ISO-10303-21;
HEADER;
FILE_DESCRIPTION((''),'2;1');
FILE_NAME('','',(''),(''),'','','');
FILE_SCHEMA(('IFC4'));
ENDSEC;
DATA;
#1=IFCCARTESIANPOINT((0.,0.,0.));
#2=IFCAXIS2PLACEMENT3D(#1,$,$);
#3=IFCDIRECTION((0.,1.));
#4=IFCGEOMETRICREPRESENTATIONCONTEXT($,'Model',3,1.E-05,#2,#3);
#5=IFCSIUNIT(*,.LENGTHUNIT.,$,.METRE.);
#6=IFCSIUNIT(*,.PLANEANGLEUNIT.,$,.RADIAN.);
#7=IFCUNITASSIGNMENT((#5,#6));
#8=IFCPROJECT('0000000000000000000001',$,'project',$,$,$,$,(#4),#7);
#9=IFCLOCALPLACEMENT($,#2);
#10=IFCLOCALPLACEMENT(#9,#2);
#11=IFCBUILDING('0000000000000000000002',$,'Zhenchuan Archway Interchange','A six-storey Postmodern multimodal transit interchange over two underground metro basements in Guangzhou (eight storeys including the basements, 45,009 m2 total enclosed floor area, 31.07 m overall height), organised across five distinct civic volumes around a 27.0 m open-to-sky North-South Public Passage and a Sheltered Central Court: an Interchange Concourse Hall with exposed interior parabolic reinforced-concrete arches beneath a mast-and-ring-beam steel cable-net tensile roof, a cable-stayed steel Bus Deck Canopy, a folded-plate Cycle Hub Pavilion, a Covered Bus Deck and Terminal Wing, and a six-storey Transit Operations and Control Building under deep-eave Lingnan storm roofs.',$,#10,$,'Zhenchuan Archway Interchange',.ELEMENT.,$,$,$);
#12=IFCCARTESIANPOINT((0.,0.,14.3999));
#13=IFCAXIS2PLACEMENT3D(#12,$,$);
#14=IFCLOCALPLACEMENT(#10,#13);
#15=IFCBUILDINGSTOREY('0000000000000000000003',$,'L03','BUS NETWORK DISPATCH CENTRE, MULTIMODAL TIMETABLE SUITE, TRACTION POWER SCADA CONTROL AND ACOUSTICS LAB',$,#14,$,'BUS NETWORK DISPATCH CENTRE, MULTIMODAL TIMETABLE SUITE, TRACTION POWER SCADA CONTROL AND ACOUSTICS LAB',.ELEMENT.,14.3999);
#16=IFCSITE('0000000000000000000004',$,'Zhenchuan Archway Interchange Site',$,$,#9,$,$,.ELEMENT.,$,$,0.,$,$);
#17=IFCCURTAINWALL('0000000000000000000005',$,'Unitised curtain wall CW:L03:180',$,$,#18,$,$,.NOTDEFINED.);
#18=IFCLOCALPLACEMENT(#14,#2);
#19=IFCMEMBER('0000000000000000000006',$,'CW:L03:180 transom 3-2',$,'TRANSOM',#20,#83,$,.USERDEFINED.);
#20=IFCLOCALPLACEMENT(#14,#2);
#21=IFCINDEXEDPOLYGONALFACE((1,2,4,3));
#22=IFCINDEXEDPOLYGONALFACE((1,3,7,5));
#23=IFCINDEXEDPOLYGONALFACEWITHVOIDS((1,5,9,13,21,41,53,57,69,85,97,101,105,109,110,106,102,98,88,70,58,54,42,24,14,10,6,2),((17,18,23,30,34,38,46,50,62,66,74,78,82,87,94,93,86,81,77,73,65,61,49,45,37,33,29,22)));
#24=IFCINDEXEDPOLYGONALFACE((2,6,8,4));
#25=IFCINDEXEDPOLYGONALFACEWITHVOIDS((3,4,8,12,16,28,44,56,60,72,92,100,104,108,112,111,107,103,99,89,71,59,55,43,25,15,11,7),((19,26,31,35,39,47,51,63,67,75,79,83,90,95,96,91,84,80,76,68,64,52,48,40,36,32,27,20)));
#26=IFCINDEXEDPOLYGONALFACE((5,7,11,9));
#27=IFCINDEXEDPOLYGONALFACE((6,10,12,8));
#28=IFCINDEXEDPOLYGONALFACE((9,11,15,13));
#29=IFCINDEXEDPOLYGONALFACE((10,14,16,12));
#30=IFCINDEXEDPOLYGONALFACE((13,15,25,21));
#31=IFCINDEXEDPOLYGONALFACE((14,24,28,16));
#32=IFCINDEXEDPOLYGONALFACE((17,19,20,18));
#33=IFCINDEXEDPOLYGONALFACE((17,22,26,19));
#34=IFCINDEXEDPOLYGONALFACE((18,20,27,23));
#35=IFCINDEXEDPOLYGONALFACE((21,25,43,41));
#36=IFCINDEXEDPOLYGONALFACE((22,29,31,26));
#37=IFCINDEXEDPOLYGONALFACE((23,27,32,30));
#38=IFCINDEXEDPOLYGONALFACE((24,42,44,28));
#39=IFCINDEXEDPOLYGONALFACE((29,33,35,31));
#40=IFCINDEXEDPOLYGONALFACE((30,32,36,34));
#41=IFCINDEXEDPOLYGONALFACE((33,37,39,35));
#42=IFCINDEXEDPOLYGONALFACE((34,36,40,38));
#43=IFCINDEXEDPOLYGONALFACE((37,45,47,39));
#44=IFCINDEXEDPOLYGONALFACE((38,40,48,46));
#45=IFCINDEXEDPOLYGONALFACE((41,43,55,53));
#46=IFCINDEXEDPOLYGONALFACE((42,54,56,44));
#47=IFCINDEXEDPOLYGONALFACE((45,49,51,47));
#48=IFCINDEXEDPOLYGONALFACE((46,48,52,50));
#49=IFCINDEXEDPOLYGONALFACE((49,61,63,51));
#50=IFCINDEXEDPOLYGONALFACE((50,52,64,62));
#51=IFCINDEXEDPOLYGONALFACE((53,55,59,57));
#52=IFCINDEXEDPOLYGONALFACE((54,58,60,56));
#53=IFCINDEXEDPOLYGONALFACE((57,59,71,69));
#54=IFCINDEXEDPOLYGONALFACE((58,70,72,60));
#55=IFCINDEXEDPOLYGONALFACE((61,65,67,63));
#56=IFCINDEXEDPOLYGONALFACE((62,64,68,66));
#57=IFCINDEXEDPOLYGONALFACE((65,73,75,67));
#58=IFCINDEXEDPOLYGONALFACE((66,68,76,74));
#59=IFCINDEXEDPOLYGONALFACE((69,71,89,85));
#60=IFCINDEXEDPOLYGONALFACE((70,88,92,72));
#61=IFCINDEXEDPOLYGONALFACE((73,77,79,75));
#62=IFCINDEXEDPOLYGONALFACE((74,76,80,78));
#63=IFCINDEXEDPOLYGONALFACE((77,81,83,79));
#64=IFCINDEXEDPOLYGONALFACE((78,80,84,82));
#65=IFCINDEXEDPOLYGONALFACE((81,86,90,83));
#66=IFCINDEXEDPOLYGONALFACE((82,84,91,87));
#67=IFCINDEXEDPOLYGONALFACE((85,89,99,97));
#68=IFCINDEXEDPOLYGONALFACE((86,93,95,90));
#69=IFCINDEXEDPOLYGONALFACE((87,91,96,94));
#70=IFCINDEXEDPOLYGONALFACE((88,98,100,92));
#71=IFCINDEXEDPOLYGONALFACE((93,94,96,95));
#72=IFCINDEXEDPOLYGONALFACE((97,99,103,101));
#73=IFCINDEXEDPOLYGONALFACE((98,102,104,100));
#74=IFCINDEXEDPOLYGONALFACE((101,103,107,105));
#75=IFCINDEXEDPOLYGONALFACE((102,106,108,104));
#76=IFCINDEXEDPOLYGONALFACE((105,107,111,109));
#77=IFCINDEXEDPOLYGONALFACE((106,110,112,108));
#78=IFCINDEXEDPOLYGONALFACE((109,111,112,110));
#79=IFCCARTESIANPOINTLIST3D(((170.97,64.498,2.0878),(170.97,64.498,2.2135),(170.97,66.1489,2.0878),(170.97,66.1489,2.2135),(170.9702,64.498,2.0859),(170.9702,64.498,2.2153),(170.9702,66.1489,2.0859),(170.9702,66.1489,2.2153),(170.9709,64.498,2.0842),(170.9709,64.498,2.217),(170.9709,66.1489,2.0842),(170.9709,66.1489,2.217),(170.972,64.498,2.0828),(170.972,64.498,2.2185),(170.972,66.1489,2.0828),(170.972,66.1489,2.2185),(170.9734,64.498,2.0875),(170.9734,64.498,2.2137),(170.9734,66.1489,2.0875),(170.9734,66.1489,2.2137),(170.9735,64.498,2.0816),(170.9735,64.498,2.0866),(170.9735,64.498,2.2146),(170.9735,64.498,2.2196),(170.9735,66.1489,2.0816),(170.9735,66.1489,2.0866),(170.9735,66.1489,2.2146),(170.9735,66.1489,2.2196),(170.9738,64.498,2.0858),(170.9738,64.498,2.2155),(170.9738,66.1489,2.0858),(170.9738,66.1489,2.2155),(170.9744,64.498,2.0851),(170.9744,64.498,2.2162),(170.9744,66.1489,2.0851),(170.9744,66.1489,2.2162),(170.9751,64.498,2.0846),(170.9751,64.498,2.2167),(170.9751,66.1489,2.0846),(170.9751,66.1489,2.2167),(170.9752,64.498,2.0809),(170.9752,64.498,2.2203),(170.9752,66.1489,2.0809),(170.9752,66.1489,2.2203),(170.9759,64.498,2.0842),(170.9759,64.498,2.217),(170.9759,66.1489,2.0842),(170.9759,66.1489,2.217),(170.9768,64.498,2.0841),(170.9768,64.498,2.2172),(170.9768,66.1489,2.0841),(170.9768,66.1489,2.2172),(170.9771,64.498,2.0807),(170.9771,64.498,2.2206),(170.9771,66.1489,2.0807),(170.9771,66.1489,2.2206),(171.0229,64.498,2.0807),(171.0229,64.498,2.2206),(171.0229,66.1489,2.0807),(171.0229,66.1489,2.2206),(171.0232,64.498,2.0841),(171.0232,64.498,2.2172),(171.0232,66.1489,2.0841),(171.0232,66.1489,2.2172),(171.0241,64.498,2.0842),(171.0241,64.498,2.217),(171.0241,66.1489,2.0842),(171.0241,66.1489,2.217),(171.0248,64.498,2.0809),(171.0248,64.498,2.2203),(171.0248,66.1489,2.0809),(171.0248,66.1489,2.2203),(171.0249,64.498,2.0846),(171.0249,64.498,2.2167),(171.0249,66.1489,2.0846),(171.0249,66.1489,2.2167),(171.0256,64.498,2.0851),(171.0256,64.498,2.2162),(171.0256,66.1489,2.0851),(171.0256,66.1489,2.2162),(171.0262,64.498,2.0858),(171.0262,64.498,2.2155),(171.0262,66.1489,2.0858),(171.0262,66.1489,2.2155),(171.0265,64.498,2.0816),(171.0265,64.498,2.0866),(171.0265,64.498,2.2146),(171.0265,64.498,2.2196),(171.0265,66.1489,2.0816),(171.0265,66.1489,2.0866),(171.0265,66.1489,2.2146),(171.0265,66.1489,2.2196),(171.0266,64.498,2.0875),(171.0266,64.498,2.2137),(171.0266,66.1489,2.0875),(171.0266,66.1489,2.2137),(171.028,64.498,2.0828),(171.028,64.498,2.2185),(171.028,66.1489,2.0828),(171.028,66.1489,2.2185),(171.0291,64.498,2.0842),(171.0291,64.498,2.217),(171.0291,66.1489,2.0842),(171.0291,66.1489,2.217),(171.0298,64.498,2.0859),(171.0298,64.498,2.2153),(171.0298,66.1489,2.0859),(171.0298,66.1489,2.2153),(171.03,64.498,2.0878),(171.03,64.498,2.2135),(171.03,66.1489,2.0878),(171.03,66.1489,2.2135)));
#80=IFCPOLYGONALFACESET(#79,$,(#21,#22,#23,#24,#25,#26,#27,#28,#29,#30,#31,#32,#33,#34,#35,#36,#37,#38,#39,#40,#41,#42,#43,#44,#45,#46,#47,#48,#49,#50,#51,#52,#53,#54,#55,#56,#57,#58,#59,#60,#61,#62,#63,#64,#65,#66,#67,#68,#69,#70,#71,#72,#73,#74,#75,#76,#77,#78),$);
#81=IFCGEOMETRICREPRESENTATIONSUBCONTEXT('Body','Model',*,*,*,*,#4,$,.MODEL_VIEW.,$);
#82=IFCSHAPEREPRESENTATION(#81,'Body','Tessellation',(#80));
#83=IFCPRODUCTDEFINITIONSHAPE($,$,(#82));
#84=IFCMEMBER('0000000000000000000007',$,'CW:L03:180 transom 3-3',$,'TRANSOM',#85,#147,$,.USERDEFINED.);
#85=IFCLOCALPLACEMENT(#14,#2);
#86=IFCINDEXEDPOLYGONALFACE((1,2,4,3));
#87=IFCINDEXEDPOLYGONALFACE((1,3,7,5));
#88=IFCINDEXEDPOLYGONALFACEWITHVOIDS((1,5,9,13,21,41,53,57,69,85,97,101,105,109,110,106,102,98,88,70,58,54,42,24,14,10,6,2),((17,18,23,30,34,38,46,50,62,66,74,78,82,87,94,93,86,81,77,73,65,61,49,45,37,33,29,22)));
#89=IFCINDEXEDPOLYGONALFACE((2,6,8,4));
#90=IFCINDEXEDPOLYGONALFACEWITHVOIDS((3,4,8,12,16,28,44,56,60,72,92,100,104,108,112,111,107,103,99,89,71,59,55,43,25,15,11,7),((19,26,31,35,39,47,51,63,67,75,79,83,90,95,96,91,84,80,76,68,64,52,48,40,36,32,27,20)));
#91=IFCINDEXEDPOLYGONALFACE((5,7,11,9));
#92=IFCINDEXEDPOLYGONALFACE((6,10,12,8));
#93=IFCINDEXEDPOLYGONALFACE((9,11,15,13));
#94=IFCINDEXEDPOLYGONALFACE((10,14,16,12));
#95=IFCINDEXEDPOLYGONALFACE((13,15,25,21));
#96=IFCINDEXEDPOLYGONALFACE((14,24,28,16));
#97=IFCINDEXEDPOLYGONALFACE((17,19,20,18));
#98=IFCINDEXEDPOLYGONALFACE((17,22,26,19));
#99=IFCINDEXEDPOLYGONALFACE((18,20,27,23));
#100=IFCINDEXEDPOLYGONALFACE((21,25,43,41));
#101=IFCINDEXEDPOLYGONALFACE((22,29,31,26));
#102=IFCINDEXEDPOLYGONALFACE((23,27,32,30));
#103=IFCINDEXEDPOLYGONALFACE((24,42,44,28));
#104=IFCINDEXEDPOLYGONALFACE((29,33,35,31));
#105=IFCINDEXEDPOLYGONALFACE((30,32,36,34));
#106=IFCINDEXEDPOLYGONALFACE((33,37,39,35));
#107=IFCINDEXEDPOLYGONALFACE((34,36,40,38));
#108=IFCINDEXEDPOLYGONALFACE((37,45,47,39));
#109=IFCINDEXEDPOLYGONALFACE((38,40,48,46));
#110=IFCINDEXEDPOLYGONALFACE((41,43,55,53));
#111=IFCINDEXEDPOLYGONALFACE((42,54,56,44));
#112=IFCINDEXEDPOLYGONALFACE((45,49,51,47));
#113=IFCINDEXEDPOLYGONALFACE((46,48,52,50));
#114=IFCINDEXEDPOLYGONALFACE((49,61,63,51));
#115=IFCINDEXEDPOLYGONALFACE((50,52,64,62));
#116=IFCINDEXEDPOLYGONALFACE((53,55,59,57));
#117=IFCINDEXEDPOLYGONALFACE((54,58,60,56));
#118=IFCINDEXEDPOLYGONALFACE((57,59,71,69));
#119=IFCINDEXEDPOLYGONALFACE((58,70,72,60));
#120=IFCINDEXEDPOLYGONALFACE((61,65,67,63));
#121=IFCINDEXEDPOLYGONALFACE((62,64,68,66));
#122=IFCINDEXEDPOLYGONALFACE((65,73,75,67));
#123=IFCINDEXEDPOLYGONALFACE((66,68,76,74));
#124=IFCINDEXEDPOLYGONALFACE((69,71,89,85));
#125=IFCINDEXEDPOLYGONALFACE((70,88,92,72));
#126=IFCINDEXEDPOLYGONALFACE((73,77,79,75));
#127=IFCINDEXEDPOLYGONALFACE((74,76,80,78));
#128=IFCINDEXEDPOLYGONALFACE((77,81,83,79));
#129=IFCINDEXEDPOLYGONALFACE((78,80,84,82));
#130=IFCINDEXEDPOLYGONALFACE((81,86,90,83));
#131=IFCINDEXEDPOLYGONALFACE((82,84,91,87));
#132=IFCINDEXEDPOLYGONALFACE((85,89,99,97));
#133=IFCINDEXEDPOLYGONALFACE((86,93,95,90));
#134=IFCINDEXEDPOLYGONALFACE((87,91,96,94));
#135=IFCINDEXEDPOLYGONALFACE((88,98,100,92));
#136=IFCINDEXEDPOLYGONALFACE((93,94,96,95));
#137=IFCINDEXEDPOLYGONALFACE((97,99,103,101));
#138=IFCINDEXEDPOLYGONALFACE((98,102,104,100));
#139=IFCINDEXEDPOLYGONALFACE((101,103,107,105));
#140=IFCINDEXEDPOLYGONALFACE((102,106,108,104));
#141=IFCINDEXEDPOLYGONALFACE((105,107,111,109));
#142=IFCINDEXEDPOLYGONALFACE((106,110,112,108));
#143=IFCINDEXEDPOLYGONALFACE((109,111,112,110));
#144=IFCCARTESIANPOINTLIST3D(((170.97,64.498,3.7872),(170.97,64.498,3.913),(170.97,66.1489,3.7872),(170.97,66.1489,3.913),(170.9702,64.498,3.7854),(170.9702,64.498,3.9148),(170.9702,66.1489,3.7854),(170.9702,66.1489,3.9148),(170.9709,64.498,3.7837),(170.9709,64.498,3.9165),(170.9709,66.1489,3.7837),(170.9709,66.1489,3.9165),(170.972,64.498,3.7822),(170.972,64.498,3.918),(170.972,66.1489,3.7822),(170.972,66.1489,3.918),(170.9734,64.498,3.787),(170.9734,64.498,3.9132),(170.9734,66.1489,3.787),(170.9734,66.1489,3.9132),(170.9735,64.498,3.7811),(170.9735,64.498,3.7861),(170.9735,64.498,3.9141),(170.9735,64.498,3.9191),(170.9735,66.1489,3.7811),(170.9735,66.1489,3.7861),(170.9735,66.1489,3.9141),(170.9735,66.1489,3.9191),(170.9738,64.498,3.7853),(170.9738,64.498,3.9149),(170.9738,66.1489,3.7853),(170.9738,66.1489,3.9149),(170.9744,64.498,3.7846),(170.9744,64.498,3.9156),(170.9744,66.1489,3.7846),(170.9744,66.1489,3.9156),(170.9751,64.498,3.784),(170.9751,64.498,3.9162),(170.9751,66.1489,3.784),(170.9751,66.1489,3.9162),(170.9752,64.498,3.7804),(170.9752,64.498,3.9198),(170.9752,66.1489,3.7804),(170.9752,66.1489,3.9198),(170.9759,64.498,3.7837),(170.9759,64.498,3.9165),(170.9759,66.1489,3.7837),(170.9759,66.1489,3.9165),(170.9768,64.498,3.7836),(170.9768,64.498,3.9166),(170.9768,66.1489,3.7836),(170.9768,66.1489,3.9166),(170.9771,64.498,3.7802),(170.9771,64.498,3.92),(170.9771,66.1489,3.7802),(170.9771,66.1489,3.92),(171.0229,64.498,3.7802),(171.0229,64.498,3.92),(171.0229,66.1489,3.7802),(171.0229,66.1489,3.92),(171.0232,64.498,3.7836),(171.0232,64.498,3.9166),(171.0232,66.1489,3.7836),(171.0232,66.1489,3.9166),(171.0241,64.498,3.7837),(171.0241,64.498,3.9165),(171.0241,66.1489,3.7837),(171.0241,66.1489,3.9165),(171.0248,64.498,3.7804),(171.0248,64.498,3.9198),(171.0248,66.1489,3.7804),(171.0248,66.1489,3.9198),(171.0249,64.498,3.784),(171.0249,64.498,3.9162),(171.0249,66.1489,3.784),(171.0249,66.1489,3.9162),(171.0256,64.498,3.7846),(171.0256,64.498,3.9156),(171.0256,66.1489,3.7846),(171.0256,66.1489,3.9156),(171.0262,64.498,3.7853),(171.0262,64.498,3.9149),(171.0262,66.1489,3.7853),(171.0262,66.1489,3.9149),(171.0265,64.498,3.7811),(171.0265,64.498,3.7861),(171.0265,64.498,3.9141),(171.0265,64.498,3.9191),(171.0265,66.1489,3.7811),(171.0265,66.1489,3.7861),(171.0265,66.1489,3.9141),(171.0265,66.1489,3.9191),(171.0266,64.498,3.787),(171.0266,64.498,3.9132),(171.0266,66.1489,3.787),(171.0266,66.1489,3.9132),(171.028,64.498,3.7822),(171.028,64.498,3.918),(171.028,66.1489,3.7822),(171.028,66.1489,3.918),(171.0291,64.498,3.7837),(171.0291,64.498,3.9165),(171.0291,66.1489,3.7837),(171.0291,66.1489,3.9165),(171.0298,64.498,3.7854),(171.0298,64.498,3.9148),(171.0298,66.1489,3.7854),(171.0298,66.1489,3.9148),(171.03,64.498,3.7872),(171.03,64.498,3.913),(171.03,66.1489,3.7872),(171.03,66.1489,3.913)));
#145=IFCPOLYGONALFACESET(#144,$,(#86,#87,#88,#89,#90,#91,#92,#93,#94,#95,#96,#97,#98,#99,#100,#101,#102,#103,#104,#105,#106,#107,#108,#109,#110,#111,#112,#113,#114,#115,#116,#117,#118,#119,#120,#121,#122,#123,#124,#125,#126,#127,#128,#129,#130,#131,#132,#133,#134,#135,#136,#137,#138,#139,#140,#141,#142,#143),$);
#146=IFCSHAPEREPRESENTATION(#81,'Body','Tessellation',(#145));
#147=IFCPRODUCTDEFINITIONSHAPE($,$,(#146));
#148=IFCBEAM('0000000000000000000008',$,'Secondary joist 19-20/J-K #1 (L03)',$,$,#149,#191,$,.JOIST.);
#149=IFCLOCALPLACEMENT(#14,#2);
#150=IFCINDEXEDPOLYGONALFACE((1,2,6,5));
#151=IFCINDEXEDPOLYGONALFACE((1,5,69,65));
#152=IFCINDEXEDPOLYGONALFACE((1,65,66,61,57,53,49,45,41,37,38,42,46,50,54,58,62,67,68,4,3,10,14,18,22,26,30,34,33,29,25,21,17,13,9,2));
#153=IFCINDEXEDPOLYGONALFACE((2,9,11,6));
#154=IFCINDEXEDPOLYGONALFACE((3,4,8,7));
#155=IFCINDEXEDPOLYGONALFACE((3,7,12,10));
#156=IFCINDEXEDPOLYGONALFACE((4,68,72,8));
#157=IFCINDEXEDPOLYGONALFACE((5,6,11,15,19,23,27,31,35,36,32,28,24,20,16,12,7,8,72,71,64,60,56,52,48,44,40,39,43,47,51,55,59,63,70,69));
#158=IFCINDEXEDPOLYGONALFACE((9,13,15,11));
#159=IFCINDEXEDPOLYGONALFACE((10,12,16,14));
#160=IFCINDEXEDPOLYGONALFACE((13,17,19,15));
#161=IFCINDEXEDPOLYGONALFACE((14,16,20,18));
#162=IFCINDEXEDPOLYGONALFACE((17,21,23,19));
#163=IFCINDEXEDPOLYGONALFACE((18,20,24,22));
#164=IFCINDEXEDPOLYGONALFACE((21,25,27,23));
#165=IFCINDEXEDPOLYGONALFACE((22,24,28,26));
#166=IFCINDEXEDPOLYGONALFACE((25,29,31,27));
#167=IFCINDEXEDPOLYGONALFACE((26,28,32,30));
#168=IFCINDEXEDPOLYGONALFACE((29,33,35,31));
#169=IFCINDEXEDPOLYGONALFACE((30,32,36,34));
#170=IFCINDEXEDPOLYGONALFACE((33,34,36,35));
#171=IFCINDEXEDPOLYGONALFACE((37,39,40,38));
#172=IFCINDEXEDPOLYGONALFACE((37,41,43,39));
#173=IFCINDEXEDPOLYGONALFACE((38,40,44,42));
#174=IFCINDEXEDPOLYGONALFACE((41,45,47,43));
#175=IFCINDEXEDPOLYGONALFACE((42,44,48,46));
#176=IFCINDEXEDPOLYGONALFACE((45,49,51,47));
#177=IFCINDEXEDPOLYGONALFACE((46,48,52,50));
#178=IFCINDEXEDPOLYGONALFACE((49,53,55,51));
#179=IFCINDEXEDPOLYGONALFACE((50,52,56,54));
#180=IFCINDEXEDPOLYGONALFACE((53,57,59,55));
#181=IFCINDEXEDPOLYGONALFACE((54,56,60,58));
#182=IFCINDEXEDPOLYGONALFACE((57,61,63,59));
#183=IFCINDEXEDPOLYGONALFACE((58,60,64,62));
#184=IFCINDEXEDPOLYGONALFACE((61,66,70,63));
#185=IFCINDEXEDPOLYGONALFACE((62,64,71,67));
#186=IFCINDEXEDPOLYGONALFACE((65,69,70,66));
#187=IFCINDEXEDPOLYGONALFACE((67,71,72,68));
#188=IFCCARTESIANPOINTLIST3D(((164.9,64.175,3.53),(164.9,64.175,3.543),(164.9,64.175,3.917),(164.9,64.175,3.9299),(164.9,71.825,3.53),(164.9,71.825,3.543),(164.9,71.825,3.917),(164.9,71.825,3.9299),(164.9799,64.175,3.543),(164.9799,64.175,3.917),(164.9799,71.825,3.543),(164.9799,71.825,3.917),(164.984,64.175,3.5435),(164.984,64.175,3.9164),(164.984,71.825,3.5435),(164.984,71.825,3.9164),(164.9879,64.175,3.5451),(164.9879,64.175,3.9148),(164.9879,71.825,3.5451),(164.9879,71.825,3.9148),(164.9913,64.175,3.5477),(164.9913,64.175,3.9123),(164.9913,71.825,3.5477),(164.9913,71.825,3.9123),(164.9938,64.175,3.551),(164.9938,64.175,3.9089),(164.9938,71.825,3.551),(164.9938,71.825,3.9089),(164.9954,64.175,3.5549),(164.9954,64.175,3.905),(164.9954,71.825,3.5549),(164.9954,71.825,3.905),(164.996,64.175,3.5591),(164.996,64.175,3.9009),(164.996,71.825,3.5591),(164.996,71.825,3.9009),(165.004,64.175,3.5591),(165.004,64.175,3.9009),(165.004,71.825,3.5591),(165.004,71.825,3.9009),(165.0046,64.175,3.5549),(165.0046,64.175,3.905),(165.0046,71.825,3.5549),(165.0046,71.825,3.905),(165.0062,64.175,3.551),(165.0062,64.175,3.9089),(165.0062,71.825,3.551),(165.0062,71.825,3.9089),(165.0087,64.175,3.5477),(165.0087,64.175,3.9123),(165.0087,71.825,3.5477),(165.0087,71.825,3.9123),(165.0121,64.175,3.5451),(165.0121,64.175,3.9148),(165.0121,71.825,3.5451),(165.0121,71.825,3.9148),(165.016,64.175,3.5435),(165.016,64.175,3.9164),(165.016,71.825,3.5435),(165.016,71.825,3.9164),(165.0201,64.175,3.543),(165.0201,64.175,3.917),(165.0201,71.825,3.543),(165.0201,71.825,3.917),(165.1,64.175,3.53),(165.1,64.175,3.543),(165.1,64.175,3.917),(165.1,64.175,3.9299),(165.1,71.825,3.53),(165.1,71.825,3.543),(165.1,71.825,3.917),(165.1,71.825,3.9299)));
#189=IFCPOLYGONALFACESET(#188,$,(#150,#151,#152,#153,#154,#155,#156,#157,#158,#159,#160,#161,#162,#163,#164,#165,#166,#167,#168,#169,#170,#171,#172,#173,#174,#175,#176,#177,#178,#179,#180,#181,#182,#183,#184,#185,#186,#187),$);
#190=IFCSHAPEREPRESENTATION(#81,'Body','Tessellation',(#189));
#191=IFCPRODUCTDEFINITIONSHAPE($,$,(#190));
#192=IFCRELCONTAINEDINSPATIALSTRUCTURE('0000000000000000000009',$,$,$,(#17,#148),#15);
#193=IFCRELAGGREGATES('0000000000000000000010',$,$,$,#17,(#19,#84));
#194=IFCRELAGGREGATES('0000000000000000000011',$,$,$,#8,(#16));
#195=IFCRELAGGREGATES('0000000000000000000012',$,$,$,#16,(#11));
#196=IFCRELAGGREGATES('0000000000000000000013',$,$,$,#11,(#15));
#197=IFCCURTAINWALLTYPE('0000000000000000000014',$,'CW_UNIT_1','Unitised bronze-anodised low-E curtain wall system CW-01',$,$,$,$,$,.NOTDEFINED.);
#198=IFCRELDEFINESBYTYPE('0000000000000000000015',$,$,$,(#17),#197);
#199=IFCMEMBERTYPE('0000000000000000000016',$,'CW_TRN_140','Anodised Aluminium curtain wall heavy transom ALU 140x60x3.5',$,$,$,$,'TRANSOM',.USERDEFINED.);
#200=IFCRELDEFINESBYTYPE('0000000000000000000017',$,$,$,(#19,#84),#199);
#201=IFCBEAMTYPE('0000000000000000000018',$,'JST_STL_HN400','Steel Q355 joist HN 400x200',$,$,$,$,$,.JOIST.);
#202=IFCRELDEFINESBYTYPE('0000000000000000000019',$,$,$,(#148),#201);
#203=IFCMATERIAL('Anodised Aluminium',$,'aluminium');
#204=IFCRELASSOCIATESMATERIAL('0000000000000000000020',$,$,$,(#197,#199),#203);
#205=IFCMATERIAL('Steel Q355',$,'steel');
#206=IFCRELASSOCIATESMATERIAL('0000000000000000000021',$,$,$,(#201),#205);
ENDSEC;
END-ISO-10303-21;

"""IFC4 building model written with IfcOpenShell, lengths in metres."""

from ifc_helpers import new_model, si_unit, direction, frame, origin, origin_2d, place, context, subcontext, project, spatial, hollow_rectangle, i_section, extrude, material, material_profile, profile_set, type_object, element, aggregate, save


model = new_model("IFC4")

# Units and contexts
model_context = context("Model", 3, precision=1e-05, world=origin(), true_north=direction((0.0, 1.0)))
body_context = subcontext(model_context, "Body", "Model", "MODEL_VIEW")
ifc_project = project(units=[si_unit("LENGTHUNIT", "METRE"), si_unit("PLANEANGLEUNIT", "RADIAN")], contexts=[model_context])

# Site, building, storey
site_placement = place(None, origin())
site = spatial("IfcSite", under=ifc_project, at=site_placement, Name="Zhenchuan Archway Interchange Site", CompositionType="ELEMENT", RefElevation=0.0)
building_placement = place(site_placement, origin())
building = spatial("IfcBuilding", under=site, at=building_placement, Name="Zhenchuan Archway Interchange", Description="A six-storey Postmodern multimodal transit interchange over two underground metro basements in Guangzhou (eight storeys including the basements, 45,009 m2 total enclosed floor area, 31.07 m overall height), organised across five distinct civic volumes around a 27.0 m open-to-sky North-South Public Passage and a Sheltered Central Court: an Interchange Concourse Hall with exposed interior parabolic reinforced-concrete arches beneath a mast-and-ring-beam steel cable-net tensile roof, a cable-stayed steel Bus Deck Canopy, a folded-plate Cycle Hub Pavilion, a Covered Bus Deck and Terminal Wing, and a six-storey Transit Operations and Control Building under deep-eave Lingnan storm roofs.", LongName="Zhenchuan Archway Interchange", CompositionType="ELEMENT")
storey_placement = place(building_placement, frame((0.0, 0.0, 14.3999)))
storey = spatial("IfcBuildingStorey", under=building, at=storey_placement, Name="L03", Description="BUS NETWORK DISPATCH CENTRE, MULTIMODAL TIMETABLE SUITE, TRACTION POWER SCADA CONTROL AND ACOUSTICS LAB", LongName="BUS NETWORK DISPATCH CENTRE, MULTIMODAL TIMETABLE SUITE, TRACTION POWER SCADA CONTROL AND ACOUSTICS LAB", CompositionType="ELEMENT", Elevation=14.3999)

# Curtain wall, members
ifc_material_1 = material(Name="Anodised Aluminium", Category="aluminium")
curtain_wall_type = type_object("IfcCurtainWallType", Name="CW_UNIT_1", Description="Unitised bronze-anodised low-E curtain wall system CW-01", PredefinedType="NOTDEFINED", material=ifc_material_1)
curtain_wall_placement = place(storey_placement, origin())
curtain_wall = element("IfcCurtainWall", 1, at=curtain_wall_placement, inside=storey, type_object=curtain_wall_type, Name="Unitised curtain wall CW:L03:180", PredefinedType="NOTDEFINED")
ifc_material_profile_1 = material_profile(ifc_material_1, hollow_rectangle(XDim=0.0601, YDim=0.1399, WallThickness=0.0034, InnerFilletRadius=0.0034, OuterFilletRadius=0.0071, at=origin_2d()), Name="ALU 140x60x3.5")
ifc_profile_set_1 = profile_set([ifc_material_profile_1], Name="Anodised Aluminium")
member_type_1 = type_object("IfcMemberType", Name="CW_TRN_140", Description="Anodised Aluminium curtain wall heavy transom ALU 140x60x3.5", ElementType="TRANSOM", PredefinedType="USERDEFINED", material=ifc_profile_set_1)
member_1_placement = place(storey_placement, frame((171.0, 66.1489, 2.1506), z_axis=(0.0, -1.0, 0.0), x_axis=(1.0, 0.0, 0.0)))
member_1 = element("IfcMember", 2, at=member_1_placement, type_object=member_type_1, Name="CW:L03:180 transom 3-2", ObjectType="TRANSOM", PredefinedType="USERDEFINED", context=body_context, shape_type="SweptSolid", body=[
    extrude(hollow_rectangle(XDim=0.0601, YDim=0.1399, WallThickness=0.0034, InnerFilletRadius=0.0034, OuterFilletRadius=0.0071, at=origin_2d()), origin(), (0.0, 0.0, 1.0), 1.6509),
])
member_2_placement = place(storey_placement, frame((171.0, 66.1489, 3.8501), z_axis=(0.0, -1.0, 0.0), x_axis=(1.0, 0.0, 0.0)))
member_2 = element("IfcMember", 3, at=member_2_placement, type_object=member_type_1, Name="CW:L03:180 transom 3-3", ObjectType="TRANSOM", PredefinedType="USERDEFINED", context=body_context, shape_type="SweptSolid", body=[
    extrude(hollow_rectangle(XDim=0.0601, YDim=0.1399, WallThickness=0.0034, InnerFilletRadius=0.0034, OuterFilletRadius=0.0071, at=origin_2d()), origin(), (0.0, 0.0, 1.0), 1.6509),
])

# Beam
ifc_material_2 = material(Name="Steel Q355", Category="steel")
ifc_material_profile_2 = material_profile(ifc_material_2, i_section(OverallWidth=0.2, OverallDepth=0.3999, WebThickness=0.0081, FlangeThickness=0.0129, FilletRadius=0.0161, at=origin_2d()), Name="HN 400x200")
ifc_profile_set_2 = profile_set([ifc_material_profile_2], Name="Steel Q355")
beam_type_1 = type_object("IfcBeamType", Name="JST_STL_HN400", Description="Steel Q355 joist HN 400x200", PredefinedType="JOIST", material=ifc_profile_set_2)
for number, where, z_axis, x_axis, name in (
    (4, (165.0, 64.175, 3.73), (0.0, 1.0, 0.0), (-1.0, 0.0, 0.0), "Secondary joist 19-20/J-K #1 (L03)"),
):
    element("IfcBeam", number, at=place(storey_placement, frame(where, z_axis=z_axis, x_axis=x_axis)), inside=storey, type_object=beam_type_1, Name=name, PredefinedType="JOIST", context=body_context, shape_type="SweptSolid", body=[
        extrude(i_section(OverallWidth=0.2, OverallDepth=0.3999, WebThickness=0.0081, FlangeThickness=0.0129, FilletRadius=0.0161, at=origin_2d()), origin(), (0.0, 0.0, 1.0), 7.6499),
    ])

aggregate(curtain_wall, [member_1, member_2])

save(model, "model.ifc")
